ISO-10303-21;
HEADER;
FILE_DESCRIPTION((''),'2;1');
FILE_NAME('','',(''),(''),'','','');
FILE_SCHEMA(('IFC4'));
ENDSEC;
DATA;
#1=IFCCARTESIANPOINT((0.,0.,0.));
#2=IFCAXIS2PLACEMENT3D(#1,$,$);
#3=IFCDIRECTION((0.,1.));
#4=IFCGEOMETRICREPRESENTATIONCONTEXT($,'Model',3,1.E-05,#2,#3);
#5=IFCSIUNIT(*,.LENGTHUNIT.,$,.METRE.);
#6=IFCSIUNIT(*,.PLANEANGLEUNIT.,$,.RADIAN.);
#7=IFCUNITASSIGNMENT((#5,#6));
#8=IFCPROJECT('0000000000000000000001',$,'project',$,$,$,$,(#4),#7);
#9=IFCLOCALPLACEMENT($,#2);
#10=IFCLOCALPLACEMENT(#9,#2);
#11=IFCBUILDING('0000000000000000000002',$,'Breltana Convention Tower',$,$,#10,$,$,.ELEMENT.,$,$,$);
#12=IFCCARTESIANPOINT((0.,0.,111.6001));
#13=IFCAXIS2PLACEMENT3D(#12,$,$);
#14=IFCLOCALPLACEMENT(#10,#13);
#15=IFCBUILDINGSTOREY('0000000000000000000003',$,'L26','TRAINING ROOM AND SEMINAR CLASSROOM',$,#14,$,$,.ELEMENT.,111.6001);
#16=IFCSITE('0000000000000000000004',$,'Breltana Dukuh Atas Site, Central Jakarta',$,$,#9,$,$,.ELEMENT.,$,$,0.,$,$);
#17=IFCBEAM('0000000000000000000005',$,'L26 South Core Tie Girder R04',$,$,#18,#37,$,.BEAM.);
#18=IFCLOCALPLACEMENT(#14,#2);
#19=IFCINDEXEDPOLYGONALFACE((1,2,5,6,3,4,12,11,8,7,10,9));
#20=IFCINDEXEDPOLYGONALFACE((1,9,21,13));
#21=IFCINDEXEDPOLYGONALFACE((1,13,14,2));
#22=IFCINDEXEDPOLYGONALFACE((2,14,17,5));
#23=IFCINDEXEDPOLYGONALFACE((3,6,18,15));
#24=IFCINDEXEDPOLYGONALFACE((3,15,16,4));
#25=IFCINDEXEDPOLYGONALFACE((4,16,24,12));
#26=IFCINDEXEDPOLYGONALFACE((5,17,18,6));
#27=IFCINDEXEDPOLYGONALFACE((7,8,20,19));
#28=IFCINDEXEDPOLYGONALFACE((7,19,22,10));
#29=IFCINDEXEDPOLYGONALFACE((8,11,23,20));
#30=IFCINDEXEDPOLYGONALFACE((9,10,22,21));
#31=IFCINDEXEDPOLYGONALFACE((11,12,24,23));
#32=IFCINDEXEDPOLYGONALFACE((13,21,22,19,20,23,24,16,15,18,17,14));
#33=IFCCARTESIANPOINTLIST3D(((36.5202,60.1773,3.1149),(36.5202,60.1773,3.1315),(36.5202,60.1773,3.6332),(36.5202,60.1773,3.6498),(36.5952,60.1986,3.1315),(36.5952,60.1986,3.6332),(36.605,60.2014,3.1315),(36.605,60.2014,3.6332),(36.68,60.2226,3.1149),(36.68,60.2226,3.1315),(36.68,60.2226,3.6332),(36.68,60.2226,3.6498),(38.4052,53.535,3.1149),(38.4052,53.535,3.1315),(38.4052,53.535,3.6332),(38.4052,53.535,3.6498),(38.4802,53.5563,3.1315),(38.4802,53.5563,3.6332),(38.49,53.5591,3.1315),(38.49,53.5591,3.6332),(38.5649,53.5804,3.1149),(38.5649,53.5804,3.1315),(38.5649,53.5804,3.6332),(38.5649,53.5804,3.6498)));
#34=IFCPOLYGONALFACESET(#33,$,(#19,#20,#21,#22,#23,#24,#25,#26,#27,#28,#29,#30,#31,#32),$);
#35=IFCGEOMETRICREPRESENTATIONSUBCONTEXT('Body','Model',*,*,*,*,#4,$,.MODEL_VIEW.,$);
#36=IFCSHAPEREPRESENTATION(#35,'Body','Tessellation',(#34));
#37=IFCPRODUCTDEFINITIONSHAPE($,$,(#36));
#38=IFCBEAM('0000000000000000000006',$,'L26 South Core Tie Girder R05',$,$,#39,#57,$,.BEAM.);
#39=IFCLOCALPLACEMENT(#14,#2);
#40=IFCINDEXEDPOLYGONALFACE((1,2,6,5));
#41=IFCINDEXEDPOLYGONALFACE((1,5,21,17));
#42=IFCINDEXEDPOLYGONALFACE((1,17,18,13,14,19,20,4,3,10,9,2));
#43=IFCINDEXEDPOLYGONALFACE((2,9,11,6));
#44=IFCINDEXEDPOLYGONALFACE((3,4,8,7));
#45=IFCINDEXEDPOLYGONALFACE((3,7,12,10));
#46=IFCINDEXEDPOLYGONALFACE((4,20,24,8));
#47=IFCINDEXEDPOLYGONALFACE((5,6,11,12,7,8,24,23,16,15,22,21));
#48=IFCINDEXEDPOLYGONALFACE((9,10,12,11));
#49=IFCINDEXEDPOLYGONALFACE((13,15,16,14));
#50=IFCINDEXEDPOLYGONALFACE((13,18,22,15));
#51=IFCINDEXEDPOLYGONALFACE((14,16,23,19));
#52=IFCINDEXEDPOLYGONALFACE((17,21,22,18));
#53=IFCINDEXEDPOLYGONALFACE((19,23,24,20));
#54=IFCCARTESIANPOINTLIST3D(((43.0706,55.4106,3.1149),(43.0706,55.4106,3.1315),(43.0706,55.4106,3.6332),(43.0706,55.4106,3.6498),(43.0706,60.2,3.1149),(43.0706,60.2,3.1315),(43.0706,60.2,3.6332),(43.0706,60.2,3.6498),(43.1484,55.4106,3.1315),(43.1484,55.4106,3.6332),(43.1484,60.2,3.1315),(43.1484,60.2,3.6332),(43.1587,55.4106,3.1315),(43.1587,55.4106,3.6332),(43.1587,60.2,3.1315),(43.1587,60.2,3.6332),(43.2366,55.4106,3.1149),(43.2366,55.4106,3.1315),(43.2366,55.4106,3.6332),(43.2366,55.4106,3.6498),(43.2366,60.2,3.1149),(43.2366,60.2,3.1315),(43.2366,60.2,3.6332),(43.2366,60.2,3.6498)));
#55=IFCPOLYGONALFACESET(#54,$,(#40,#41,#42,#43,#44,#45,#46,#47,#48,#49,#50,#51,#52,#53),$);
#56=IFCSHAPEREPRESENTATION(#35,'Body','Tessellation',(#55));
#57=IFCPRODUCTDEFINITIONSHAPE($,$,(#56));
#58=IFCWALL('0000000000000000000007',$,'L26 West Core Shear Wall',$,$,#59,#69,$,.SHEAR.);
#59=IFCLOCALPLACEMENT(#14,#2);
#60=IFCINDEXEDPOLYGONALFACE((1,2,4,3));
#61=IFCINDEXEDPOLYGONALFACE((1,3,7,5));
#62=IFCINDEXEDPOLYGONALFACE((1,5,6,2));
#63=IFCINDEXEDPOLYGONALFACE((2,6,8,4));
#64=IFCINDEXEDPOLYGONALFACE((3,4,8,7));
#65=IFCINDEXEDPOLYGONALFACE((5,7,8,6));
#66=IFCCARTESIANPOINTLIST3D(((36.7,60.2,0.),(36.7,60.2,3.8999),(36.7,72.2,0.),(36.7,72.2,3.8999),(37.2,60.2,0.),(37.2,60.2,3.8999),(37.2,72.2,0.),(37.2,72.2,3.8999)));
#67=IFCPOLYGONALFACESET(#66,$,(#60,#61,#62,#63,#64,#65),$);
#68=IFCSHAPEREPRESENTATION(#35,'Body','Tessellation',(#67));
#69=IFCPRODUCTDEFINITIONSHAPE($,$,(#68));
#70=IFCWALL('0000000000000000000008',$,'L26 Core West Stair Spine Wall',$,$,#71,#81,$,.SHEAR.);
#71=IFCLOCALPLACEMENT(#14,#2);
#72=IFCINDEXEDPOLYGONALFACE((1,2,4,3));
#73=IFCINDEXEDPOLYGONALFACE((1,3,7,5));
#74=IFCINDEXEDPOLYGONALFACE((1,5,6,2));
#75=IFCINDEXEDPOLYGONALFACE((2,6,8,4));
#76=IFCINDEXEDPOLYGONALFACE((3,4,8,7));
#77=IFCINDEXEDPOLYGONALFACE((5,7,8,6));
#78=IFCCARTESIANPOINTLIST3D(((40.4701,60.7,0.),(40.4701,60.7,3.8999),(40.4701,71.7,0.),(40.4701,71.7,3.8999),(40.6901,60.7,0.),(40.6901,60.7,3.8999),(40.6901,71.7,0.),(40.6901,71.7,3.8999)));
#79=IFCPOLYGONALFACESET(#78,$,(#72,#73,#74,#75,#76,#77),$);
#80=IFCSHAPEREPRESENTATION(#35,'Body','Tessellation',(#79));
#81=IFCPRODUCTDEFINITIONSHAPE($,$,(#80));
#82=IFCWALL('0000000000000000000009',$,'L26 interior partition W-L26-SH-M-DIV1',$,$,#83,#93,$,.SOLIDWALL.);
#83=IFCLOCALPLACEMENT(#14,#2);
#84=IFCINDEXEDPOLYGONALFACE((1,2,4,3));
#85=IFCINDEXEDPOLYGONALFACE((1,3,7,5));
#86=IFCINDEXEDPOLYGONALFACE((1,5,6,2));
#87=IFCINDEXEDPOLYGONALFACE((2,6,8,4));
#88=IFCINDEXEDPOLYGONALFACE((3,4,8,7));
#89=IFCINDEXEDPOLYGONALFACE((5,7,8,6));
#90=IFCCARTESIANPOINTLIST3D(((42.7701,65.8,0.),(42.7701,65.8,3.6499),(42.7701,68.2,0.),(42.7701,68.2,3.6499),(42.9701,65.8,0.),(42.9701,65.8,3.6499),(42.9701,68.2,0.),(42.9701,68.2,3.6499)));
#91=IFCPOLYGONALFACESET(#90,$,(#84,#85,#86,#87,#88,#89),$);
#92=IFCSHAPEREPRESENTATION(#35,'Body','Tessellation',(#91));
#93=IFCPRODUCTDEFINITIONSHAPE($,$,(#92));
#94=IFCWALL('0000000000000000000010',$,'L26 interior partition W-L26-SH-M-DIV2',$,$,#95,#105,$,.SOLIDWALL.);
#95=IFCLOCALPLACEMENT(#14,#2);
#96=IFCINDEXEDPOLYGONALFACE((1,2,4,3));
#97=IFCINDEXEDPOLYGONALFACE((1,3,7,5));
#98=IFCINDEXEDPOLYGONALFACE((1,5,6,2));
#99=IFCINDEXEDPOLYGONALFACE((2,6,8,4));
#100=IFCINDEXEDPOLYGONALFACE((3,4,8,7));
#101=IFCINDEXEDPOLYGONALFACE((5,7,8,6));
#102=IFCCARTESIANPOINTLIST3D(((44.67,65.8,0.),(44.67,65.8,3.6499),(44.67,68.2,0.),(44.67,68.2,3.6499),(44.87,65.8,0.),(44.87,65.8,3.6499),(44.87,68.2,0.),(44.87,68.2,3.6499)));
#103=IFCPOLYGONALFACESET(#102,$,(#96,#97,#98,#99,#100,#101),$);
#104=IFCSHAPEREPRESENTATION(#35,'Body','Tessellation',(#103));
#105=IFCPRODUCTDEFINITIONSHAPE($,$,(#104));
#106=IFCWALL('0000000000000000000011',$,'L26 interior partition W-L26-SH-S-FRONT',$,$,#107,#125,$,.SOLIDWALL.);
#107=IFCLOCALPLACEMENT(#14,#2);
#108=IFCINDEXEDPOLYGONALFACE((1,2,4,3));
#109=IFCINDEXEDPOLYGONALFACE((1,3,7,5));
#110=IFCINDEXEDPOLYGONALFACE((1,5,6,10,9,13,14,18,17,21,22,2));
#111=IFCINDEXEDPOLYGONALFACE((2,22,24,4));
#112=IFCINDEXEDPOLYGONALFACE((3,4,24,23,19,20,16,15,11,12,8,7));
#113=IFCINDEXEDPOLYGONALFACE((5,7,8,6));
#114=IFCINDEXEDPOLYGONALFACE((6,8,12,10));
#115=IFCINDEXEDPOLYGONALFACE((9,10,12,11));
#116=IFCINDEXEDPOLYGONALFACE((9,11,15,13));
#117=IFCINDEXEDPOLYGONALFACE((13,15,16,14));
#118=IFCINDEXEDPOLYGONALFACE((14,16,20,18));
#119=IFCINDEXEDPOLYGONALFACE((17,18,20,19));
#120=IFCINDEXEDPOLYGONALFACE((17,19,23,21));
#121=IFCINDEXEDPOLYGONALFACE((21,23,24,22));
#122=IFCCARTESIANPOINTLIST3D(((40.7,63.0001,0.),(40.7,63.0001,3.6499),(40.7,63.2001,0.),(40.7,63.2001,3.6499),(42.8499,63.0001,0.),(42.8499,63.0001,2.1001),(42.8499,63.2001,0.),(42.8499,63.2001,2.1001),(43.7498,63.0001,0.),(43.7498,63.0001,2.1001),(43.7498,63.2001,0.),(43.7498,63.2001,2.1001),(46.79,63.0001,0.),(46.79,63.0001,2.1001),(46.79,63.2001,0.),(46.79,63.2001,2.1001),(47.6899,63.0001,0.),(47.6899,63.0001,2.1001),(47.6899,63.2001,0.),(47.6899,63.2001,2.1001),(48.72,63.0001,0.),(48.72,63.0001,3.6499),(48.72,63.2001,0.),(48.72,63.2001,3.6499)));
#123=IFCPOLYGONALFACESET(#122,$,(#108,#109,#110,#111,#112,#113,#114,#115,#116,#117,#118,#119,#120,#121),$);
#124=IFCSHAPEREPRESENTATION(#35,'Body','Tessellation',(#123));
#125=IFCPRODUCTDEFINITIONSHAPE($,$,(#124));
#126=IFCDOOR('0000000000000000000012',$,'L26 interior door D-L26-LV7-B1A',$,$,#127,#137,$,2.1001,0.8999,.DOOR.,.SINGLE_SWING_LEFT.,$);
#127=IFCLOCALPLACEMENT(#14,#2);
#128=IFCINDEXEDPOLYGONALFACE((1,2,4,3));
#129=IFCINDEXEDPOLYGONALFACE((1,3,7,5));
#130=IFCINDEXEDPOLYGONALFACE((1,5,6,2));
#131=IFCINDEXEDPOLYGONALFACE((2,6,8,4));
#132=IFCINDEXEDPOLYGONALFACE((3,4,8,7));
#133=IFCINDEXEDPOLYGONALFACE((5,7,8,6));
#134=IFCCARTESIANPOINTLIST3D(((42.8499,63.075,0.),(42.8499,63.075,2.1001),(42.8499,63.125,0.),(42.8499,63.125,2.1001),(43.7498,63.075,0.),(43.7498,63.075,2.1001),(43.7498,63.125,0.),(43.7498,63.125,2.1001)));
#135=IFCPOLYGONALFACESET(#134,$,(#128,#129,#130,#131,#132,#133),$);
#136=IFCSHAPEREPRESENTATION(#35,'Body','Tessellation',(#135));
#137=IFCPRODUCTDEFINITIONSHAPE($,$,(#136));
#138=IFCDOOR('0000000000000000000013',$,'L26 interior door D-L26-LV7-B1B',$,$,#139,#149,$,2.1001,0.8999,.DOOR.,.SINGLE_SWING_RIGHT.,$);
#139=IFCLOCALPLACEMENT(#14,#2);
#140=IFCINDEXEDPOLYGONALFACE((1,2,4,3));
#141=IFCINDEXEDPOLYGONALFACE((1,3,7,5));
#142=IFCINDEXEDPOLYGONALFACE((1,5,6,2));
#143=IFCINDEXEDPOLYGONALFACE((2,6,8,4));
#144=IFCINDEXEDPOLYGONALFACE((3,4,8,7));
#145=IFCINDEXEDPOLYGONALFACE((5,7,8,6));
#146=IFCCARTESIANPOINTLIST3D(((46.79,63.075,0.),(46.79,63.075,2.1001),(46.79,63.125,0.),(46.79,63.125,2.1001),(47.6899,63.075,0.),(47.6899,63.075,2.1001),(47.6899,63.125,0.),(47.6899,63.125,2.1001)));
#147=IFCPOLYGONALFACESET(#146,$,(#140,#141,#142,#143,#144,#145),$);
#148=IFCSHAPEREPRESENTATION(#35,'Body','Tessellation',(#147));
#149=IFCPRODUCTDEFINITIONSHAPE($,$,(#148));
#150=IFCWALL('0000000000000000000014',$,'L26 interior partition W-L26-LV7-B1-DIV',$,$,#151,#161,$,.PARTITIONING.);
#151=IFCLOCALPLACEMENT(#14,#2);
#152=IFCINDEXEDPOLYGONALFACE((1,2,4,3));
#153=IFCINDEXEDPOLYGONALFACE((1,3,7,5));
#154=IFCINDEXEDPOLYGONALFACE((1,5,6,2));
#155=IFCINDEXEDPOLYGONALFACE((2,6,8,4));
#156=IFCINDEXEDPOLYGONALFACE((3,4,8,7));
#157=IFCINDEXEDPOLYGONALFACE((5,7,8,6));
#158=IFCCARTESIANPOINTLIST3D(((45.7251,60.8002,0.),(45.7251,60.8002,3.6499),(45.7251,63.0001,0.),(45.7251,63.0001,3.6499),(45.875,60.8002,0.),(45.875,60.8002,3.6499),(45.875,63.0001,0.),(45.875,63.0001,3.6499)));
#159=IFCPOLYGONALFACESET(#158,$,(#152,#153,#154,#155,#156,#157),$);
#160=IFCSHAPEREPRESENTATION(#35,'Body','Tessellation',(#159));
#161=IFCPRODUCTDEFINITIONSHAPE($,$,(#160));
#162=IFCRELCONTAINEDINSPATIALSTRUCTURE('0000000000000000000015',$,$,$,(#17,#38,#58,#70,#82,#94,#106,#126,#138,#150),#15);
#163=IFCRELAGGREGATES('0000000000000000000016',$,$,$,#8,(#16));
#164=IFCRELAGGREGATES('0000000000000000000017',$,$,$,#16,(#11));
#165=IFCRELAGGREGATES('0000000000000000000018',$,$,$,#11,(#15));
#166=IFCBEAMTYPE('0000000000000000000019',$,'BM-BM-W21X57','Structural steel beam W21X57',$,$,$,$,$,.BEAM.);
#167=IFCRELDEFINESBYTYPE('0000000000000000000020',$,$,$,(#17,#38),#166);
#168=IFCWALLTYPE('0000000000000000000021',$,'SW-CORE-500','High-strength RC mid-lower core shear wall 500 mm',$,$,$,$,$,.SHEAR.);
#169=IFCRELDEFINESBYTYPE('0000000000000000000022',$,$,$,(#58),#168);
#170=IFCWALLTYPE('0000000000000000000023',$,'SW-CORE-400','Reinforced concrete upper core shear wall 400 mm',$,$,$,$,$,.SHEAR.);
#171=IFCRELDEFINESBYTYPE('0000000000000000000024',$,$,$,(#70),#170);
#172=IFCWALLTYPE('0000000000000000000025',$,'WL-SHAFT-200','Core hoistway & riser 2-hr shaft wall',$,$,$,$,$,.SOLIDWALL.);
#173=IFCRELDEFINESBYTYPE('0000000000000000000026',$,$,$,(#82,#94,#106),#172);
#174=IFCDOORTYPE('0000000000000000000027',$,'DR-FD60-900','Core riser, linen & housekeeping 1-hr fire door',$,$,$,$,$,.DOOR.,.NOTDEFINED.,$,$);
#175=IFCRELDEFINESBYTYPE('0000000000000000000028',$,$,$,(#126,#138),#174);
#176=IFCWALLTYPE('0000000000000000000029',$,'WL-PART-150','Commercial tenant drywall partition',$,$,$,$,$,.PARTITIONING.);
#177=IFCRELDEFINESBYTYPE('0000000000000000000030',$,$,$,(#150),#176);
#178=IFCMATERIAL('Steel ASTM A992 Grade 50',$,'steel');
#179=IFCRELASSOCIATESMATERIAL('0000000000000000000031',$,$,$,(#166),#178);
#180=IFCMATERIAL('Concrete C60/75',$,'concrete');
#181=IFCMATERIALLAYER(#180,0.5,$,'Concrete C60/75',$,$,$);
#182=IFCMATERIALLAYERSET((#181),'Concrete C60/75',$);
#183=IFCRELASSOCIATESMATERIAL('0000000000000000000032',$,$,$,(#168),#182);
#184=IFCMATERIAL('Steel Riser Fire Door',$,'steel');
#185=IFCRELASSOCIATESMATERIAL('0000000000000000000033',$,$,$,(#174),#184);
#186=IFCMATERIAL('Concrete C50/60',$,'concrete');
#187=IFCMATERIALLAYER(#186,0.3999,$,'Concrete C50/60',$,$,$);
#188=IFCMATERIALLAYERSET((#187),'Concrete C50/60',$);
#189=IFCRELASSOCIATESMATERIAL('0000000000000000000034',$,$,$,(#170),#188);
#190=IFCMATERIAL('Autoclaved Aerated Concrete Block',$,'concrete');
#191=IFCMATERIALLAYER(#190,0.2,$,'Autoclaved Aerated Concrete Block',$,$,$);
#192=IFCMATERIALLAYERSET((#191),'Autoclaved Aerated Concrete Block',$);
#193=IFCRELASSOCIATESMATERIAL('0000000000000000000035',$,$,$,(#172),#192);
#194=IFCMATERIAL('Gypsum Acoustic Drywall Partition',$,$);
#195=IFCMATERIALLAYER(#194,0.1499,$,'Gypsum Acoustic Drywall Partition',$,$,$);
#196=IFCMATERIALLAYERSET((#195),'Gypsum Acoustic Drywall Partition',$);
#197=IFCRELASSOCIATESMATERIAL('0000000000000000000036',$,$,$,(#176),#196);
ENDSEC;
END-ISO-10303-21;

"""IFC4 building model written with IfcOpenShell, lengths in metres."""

from ifc_helpers import new_model, si_unit, direction, frame, frame_2d, origin, origin_2d, place, context, subcontext, project, spatial, rectangle, i_section, extrude, source, transform, mapped, material, layer, layer_set, material_profile, profile_set, type_object, type_shapes, element, fill, save


model = new_model("IFC4")

# Units and contexts
model_context = context("Model", 3, precision=1e-05, world=origin(), true_north=direction((0.0, 1.0)))
body_context = subcontext(model_context, "Body", "Model", "MODEL_VIEW")
ifc_project = project(units=[si_unit("LENGTHUNIT", "METRE"), si_unit("PLANEANGLEUNIT", "RADIAN")], contexts=[model_context])

# Site, building, storey
site_placement = place(None, origin())
site = spatial("IfcSite", under=ifc_project, at=site_placement, Name="Breltana Dukuh Atas Site, Central Jakarta", CompositionType="ELEMENT", RefElevation=0.0)
building_placement = place(site_placement, origin())
building = spatial("IfcBuilding", under=site, at=building_placement, Name="Breltana Convention Tower", CompositionType="ELEMENT")
storey_placement = place(building_placement, frame((0.0, 0.0, 111.6001)))
storey = spatial("IfcBuildingStorey", under=building, at=storey_placement, Name="L26", Description="TRAINING ROOM AND SEMINAR CLASSROOM", CompositionType="ELEMENT", Elevation=111.6001)

# Beams
ifc_material_1 = material(Name="Steel ASTM A992 Grade 50", Category="steel")
ifc_material_profile = material_profile(ifc_material_1, i_section(OverallWidth=0.166, OverallDepth=0.5349, WebThickness=0.0103, FlangeThickness=0.0166, at=origin_2d()), Name="W21X57")
ifc_profile_set = profile_set([ifc_material_profile], Name="Steel ASTM A992 Grade 50")
beam_type = type_object("IfcBeamType", Name="BM-BM-W21X57", Description="Structural steel beam W21X57", PredefinedType="BEAM", material=ifc_profile_set)
shared_shape_1 = source(origin(), body_context, "Body", "SweptSolid", [
    extrude(i_section(OverallWidth=0.166, OverallDepth=0.5349, WebThickness=0.0103, FlangeThickness=0.0166, at=origin_2d()), origin(), (0.0, 0.0, 1.0), 6.9045),
])
type_shapes(beam_type, [shared_shape_1])
beam_1_placement = place(storey_placement, frame((36.6001, 60.2, 3.3823), z_axis=(0.273007, -0.962012, 0.0), x_axis=(0.962012, 0.273007, 0.0)))
element("IfcBeam", 1, at=beam_1_placement, inside=storey, type_object=beam_type, Name="L26 South Core Tie Girder R04", PredefinedType="BEAM", context=body_context, shape_type="MappedRepresentation", body=[
    mapped(shared_shape_1, transform((0.0, 0.0, 0.0), scale=1.0)),
])
shared_shape_2 = source(origin(), body_context, "Body", "SweptSolid", [
    extrude(i_section(OverallWidth=0.166, OverallDepth=0.5349, WebThickness=0.0103, FlangeThickness=0.0166, at=origin_2d()), origin(), (0.0, 0.0, 1.0), 4.7893),
])
beam_2_placement = place(storey_placement, frame((43.1536, 60.2, 3.3823), z_axis=(0.0, -1.0, 0.0), x_axis=(1.0, 0.0, 0.0)))
element("IfcBeam", 2, at=beam_2_placement, inside=storey, type_object=beam_type, Name="L26 South Core Tie Girder R05", PredefinedType="BEAM", context=body_context, shape_type="MappedRepresentation", body=[
    mapped(shared_shape_2, transform((0.0, 0.0, 0.0), scale=1.0)),
])

# Wall
ifc_material_2 = material(Name="Concrete C60/75", Category="concrete")
ifc_layer_1 = layer(ifc_material_2, 0.5, Name="Concrete C60/75")
ifc_layer_set_1 = layer_set([ifc_layer_1], Name="Concrete C60/75")
wall_type_1 = type_object("IfcWallType", Name="SW-CORE-500", Description="High-strength RC mid-lower core shear wall 500 mm", PredefinedType="SHEAR", material=ifc_layer_set_1)
shared_shape_3 = source(origin(), body_context, "Body", "SweptSolid", [
    extrude(rectangle(XDim=12.0, YDim=0.5, at=frame_2d((6.0, 0.0))), origin(), (0.0, 0.0, 1.0), 3.8999),
])
wall_1_placement = place(storey_placement, frame((36.95, 60.2, 0.0), z_axis=(0.0, 0.0, 1.0), x_axis=(0.0, 1.0, 0.0)))
element("IfcWall", 3, at=wall_1_placement, inside=storey, type_object=wall_type_1, Name="L26 West Core Shear Wall", PredefinedType="SHEAR", context=body_context, shape_type="MappedRepresentation", body=[
    mapped(shared_shape_3, transform((0.0, 0.0, 0.0), scale=1.0)),
])

# Shared definitions
ifc_material_3 = material(Name="Steel Riser Fire Door", Category="steel")
door_type_1 = type_object("IfcDoorType", Name="DR-FD60-900", Description="Core riser, linen & housekeeping 1-hr fire door", OperationType="NOTDEFINED", PredefinedType="DOOR", material=ifc_material_3)
shared_shape_4 = source(origin(), body_context, "Body", "SweptSolid", [
    extrude(rectangle(XDim=0.8999, YDim=2.1001, at=frame_2d((0.45, 1.05))), frame((0.0, 0.0249, 0.0), z_axis=(0.0, -1.0, 0.0), x_axis=(1.0, 0.0, 0.0)), (0.0, 0.0, 1.0), 0.05),
])
type_shapes(door_type_1, [shared_shape_4])

# Walls
ifc_material_4 = material(Name="Concrete C50/60", Category="concrete")
ifc_layer_2 = layer(ifc_material_4, 0.3999, Name="Concrete C50/60")
ifc_layer_set_2 = layer_set([ifc_layer_2], Name="Concrete C50/60")
wall_type_2 = type_object("IfcWallType", Name="SW-CORE-400", Description="Reinforced concrete upper core shear wall 400 mm", PredefinedType="SHEAR", material=ifc_layer_set_2)
shared_shape_5 = source(origin(), body_context, "Body", "SweptSolid", [
    extrude(rectangle(XDim=11.0, YDim=0.22, at=frame_2d((5.5, 0.0))), origin(), (0.0, 0.0, 1.0), 3.8999),
])
wall_2_placement = place(storey_placement, frame((40.5801, 60.7, 0.0), z_axis=(0.0, 0.0, 1.0), x_axis=(0.0, 1.0, 0.0)))
element("IfcWall", 4, at=wall_2_placement, inside=storey, type_object=wall_type_2, Name="L26 Core West Stair Spine Wall", PredefinedType="SHEAR", context=body_context, shape_type="MappedRepresentation", body=[
    mapped(shared_shape_5, transform((0.0, 0.0, 0.0), scale=1.0)),
])
ifc_material_5 = material(Name="Autoclaved Aerated Concrete Block", Category="concrete")
ifc_layer_3 = layer(ifc_material_5, 0.2, Name="Autoclaved Aerated Concrete Block")
ifc_layer_set_3 = layer_set([ifc_layer_3], Name="Autoclaved Aerated Concrete Block")
wall_type_3 = type_object("IfcWallType", Name="WL-SHAFT-200", Description="Core hoistway & riser 2-hr shaft wall", PredefinedType="SOLIDWALL", material=ifc_layer_set_3)
shared_shape_6 = source(origin(), body_context, "Body", "SweptSolid", [
    extrude(rectangle(XDim=2.3999, YDim=0.2, at=frame_2d((1.2, 0.0))), origin(), (0.0, 0.0, 1.0), 3.6499),
])
for number, where, z_axis, x_axis, name in (
    (5, (42.8701, 65.8, 0.0), (0.0, 0.0, 1.0), (0.0, 1.0, 0.0), "L26 interior partition W-L26-SH-M-DIV1"),
    (6, (44.77, 65.8, 0.0), (0.0, 0.0, 1.0), (0.0, 1.0, 0.0), "L26 interior partition W-L26-SH-M-DIV2"),
):
    element("IfcWall", number, at=place(storey_placement, frame(where, z_axis=z_axis, x_axis=x_axis)), inside=storey, type_object=wall_type_3, Name=name, PredefinedType="SOLIDWALL", context=body_context, shape_type="MappedRepresentation", body=[
        mapped(shared_shape_6, transform((0.0, 0.0, 0.0), scale=1.0)),
    ])

# Wall, openings, doors
shared_shape_7 = source(origin(), body_context, "Body", "SweptSolid", [
    extrude(rectangle(XDim=8.02, YDim=0.2, at=frame_2d((4.01, 0.0))), origin(), (0.0, 0.0, 1.0), 3.6499),
])
wall_3_placement = place(storey_placement, frame((40.7, 63.1001, 0.0), z_axis=(0.0, 0.0, 1.0), x_axis=(1.0, 0.0, 0.0)))
wall_3 = element("IfcWall", 7, at=wall_3_placement, inside=storey, type_object=wall_type_3, Name="L26 interior partition W-L26-SH-S-FRONT", PredefinedType="SOLIDWALL", context=body_context, shape_type="MappedRepresentation", body=[
    mapped(shared_shape_7, transform((0.0, 0.0, 0.0), scale=1.0)),
])
opening_1_placement = place(wall_3_placement, frame((2.1499, 0.0, 0.0)))
opening_1 = element("IfcOpeningElement", 8, at=opening_1_placement, cuts=wall_3, PredefinedType="OPENING", context=body_context, shape_type="SweptSolid", body=[
    extrude(rectangle(XDim=0.8999, YDim=2.1001, at=frame_2d((0.45, 1.05))), frame((0.0, 0.1099, 0.0), z_axis=(0.0, -1.0, 0.0), x_axis=(1.0, 0.0, 0.0)), (0.0, 0.0, 1.0), 0.22),
])
opening_2_placement = place(wall_3_placement, frame((6.0901, 0.0, 0.0)))
opening_2 = element("IfcOpeningElement", 9, at=opening_2_placement, cuts=wall_3, PredefinedType="OPENING", context=body_context, shape_type="SweptSolid", body=[
    extrude(rectangle(XDim=0.8999, YDim=2.1001, at=frame_2d((0.45, 1.05))), frame((0.0, 0.1099, 0.0), z_axis=(0.0, -1.0, 0.0), x_axis=(1.0, 0.0, 0.0)), (0.0, 0.0, 1.0), 0.22),
])
door_1_placement = place(opening_1_placement, origin())
door_1 = element("IfcDoor", 10, at=door_1_placement, inside=storey, type_object=door_type_1, Name="L26 interior door D-L26-LV7-B1A", OperationType="SINGLE_SWING_LEFT", OverallHeight=2.1001, OverallWidth=0.8999, PredefinedType="DOOR", context=body_context, shape_type="MappedRepresentation", body=[
    mapped(shared_shape_4, transform((0.0, 0.0, 0.0), scale=1.0)),
])
fill(opening_1, door_1)
door_2_placement = place(opening_2_placement, origin())
door_2 = element("IfcDoor", 11, at=door_2_placement, inside=storey, type_object=door_type_1, Name="L26 interior door D-L26-LV7-B1B", OperationType="SINGLE_SWING_RIGHT", OverallHeight=2.1001, OverallWidth=0.8999, PredefinedType="DOOR", context=body_context, shape_type="MappedRepresentation", body=[
    mapped(shared_shape_4, transform((0.0, 0.0, 0.0), scale=1.0)),
])
fill(opening_2, door_2)

# Wall
ifc_material_6 = material(Name="Gypsum Acoustic Drywall Partition")
ifc_layer_4 = layer(ifc_material_6, 0.1499, Name="Gypsum Acoustic Drywall Partition")
ifc_layer_set_4 = layer_set([ifc_layer_4], Name="Gypsum Acoustic Drywall Partition")
wall_type_4 = type_object("IfcWallType", Name="WL-PART-150", Description="Commercial tenant drywall partition", PredefinedType="PARTITIONING", material=ifc_layer_set_4)
shared_shape_8 = source(origin(), body_context, "Body", "SweptSolid", [
    extrude(rectangle(XDim=2.2, YDim=0.1499, at=frame_2d((1.1001, 0.0))), origin(), (0.0, 0.0, 1.0), 3.6499),
])
wall_4_placement = place(storey_placement, frame((45.8, 60.8, 0.0), z_axis=(0.0, 0.0, 1.0), x_axis=(0.0, 1.0, 0.0)))
element("IfcWall", 12, at=wall_4_placement, inside=storey, type_object=wall_type_4, Name="L26 interior partition W-L26-LV7-B1-DIV", PredefinedType="PARTITIONING", context=body_context, shape_type="MappedRepresentation", body=[
    mapped(shared_shape_8, transform((0.0, 0.0, 0.0), scale=1.0)),
])

save(model, "model.ifc")
